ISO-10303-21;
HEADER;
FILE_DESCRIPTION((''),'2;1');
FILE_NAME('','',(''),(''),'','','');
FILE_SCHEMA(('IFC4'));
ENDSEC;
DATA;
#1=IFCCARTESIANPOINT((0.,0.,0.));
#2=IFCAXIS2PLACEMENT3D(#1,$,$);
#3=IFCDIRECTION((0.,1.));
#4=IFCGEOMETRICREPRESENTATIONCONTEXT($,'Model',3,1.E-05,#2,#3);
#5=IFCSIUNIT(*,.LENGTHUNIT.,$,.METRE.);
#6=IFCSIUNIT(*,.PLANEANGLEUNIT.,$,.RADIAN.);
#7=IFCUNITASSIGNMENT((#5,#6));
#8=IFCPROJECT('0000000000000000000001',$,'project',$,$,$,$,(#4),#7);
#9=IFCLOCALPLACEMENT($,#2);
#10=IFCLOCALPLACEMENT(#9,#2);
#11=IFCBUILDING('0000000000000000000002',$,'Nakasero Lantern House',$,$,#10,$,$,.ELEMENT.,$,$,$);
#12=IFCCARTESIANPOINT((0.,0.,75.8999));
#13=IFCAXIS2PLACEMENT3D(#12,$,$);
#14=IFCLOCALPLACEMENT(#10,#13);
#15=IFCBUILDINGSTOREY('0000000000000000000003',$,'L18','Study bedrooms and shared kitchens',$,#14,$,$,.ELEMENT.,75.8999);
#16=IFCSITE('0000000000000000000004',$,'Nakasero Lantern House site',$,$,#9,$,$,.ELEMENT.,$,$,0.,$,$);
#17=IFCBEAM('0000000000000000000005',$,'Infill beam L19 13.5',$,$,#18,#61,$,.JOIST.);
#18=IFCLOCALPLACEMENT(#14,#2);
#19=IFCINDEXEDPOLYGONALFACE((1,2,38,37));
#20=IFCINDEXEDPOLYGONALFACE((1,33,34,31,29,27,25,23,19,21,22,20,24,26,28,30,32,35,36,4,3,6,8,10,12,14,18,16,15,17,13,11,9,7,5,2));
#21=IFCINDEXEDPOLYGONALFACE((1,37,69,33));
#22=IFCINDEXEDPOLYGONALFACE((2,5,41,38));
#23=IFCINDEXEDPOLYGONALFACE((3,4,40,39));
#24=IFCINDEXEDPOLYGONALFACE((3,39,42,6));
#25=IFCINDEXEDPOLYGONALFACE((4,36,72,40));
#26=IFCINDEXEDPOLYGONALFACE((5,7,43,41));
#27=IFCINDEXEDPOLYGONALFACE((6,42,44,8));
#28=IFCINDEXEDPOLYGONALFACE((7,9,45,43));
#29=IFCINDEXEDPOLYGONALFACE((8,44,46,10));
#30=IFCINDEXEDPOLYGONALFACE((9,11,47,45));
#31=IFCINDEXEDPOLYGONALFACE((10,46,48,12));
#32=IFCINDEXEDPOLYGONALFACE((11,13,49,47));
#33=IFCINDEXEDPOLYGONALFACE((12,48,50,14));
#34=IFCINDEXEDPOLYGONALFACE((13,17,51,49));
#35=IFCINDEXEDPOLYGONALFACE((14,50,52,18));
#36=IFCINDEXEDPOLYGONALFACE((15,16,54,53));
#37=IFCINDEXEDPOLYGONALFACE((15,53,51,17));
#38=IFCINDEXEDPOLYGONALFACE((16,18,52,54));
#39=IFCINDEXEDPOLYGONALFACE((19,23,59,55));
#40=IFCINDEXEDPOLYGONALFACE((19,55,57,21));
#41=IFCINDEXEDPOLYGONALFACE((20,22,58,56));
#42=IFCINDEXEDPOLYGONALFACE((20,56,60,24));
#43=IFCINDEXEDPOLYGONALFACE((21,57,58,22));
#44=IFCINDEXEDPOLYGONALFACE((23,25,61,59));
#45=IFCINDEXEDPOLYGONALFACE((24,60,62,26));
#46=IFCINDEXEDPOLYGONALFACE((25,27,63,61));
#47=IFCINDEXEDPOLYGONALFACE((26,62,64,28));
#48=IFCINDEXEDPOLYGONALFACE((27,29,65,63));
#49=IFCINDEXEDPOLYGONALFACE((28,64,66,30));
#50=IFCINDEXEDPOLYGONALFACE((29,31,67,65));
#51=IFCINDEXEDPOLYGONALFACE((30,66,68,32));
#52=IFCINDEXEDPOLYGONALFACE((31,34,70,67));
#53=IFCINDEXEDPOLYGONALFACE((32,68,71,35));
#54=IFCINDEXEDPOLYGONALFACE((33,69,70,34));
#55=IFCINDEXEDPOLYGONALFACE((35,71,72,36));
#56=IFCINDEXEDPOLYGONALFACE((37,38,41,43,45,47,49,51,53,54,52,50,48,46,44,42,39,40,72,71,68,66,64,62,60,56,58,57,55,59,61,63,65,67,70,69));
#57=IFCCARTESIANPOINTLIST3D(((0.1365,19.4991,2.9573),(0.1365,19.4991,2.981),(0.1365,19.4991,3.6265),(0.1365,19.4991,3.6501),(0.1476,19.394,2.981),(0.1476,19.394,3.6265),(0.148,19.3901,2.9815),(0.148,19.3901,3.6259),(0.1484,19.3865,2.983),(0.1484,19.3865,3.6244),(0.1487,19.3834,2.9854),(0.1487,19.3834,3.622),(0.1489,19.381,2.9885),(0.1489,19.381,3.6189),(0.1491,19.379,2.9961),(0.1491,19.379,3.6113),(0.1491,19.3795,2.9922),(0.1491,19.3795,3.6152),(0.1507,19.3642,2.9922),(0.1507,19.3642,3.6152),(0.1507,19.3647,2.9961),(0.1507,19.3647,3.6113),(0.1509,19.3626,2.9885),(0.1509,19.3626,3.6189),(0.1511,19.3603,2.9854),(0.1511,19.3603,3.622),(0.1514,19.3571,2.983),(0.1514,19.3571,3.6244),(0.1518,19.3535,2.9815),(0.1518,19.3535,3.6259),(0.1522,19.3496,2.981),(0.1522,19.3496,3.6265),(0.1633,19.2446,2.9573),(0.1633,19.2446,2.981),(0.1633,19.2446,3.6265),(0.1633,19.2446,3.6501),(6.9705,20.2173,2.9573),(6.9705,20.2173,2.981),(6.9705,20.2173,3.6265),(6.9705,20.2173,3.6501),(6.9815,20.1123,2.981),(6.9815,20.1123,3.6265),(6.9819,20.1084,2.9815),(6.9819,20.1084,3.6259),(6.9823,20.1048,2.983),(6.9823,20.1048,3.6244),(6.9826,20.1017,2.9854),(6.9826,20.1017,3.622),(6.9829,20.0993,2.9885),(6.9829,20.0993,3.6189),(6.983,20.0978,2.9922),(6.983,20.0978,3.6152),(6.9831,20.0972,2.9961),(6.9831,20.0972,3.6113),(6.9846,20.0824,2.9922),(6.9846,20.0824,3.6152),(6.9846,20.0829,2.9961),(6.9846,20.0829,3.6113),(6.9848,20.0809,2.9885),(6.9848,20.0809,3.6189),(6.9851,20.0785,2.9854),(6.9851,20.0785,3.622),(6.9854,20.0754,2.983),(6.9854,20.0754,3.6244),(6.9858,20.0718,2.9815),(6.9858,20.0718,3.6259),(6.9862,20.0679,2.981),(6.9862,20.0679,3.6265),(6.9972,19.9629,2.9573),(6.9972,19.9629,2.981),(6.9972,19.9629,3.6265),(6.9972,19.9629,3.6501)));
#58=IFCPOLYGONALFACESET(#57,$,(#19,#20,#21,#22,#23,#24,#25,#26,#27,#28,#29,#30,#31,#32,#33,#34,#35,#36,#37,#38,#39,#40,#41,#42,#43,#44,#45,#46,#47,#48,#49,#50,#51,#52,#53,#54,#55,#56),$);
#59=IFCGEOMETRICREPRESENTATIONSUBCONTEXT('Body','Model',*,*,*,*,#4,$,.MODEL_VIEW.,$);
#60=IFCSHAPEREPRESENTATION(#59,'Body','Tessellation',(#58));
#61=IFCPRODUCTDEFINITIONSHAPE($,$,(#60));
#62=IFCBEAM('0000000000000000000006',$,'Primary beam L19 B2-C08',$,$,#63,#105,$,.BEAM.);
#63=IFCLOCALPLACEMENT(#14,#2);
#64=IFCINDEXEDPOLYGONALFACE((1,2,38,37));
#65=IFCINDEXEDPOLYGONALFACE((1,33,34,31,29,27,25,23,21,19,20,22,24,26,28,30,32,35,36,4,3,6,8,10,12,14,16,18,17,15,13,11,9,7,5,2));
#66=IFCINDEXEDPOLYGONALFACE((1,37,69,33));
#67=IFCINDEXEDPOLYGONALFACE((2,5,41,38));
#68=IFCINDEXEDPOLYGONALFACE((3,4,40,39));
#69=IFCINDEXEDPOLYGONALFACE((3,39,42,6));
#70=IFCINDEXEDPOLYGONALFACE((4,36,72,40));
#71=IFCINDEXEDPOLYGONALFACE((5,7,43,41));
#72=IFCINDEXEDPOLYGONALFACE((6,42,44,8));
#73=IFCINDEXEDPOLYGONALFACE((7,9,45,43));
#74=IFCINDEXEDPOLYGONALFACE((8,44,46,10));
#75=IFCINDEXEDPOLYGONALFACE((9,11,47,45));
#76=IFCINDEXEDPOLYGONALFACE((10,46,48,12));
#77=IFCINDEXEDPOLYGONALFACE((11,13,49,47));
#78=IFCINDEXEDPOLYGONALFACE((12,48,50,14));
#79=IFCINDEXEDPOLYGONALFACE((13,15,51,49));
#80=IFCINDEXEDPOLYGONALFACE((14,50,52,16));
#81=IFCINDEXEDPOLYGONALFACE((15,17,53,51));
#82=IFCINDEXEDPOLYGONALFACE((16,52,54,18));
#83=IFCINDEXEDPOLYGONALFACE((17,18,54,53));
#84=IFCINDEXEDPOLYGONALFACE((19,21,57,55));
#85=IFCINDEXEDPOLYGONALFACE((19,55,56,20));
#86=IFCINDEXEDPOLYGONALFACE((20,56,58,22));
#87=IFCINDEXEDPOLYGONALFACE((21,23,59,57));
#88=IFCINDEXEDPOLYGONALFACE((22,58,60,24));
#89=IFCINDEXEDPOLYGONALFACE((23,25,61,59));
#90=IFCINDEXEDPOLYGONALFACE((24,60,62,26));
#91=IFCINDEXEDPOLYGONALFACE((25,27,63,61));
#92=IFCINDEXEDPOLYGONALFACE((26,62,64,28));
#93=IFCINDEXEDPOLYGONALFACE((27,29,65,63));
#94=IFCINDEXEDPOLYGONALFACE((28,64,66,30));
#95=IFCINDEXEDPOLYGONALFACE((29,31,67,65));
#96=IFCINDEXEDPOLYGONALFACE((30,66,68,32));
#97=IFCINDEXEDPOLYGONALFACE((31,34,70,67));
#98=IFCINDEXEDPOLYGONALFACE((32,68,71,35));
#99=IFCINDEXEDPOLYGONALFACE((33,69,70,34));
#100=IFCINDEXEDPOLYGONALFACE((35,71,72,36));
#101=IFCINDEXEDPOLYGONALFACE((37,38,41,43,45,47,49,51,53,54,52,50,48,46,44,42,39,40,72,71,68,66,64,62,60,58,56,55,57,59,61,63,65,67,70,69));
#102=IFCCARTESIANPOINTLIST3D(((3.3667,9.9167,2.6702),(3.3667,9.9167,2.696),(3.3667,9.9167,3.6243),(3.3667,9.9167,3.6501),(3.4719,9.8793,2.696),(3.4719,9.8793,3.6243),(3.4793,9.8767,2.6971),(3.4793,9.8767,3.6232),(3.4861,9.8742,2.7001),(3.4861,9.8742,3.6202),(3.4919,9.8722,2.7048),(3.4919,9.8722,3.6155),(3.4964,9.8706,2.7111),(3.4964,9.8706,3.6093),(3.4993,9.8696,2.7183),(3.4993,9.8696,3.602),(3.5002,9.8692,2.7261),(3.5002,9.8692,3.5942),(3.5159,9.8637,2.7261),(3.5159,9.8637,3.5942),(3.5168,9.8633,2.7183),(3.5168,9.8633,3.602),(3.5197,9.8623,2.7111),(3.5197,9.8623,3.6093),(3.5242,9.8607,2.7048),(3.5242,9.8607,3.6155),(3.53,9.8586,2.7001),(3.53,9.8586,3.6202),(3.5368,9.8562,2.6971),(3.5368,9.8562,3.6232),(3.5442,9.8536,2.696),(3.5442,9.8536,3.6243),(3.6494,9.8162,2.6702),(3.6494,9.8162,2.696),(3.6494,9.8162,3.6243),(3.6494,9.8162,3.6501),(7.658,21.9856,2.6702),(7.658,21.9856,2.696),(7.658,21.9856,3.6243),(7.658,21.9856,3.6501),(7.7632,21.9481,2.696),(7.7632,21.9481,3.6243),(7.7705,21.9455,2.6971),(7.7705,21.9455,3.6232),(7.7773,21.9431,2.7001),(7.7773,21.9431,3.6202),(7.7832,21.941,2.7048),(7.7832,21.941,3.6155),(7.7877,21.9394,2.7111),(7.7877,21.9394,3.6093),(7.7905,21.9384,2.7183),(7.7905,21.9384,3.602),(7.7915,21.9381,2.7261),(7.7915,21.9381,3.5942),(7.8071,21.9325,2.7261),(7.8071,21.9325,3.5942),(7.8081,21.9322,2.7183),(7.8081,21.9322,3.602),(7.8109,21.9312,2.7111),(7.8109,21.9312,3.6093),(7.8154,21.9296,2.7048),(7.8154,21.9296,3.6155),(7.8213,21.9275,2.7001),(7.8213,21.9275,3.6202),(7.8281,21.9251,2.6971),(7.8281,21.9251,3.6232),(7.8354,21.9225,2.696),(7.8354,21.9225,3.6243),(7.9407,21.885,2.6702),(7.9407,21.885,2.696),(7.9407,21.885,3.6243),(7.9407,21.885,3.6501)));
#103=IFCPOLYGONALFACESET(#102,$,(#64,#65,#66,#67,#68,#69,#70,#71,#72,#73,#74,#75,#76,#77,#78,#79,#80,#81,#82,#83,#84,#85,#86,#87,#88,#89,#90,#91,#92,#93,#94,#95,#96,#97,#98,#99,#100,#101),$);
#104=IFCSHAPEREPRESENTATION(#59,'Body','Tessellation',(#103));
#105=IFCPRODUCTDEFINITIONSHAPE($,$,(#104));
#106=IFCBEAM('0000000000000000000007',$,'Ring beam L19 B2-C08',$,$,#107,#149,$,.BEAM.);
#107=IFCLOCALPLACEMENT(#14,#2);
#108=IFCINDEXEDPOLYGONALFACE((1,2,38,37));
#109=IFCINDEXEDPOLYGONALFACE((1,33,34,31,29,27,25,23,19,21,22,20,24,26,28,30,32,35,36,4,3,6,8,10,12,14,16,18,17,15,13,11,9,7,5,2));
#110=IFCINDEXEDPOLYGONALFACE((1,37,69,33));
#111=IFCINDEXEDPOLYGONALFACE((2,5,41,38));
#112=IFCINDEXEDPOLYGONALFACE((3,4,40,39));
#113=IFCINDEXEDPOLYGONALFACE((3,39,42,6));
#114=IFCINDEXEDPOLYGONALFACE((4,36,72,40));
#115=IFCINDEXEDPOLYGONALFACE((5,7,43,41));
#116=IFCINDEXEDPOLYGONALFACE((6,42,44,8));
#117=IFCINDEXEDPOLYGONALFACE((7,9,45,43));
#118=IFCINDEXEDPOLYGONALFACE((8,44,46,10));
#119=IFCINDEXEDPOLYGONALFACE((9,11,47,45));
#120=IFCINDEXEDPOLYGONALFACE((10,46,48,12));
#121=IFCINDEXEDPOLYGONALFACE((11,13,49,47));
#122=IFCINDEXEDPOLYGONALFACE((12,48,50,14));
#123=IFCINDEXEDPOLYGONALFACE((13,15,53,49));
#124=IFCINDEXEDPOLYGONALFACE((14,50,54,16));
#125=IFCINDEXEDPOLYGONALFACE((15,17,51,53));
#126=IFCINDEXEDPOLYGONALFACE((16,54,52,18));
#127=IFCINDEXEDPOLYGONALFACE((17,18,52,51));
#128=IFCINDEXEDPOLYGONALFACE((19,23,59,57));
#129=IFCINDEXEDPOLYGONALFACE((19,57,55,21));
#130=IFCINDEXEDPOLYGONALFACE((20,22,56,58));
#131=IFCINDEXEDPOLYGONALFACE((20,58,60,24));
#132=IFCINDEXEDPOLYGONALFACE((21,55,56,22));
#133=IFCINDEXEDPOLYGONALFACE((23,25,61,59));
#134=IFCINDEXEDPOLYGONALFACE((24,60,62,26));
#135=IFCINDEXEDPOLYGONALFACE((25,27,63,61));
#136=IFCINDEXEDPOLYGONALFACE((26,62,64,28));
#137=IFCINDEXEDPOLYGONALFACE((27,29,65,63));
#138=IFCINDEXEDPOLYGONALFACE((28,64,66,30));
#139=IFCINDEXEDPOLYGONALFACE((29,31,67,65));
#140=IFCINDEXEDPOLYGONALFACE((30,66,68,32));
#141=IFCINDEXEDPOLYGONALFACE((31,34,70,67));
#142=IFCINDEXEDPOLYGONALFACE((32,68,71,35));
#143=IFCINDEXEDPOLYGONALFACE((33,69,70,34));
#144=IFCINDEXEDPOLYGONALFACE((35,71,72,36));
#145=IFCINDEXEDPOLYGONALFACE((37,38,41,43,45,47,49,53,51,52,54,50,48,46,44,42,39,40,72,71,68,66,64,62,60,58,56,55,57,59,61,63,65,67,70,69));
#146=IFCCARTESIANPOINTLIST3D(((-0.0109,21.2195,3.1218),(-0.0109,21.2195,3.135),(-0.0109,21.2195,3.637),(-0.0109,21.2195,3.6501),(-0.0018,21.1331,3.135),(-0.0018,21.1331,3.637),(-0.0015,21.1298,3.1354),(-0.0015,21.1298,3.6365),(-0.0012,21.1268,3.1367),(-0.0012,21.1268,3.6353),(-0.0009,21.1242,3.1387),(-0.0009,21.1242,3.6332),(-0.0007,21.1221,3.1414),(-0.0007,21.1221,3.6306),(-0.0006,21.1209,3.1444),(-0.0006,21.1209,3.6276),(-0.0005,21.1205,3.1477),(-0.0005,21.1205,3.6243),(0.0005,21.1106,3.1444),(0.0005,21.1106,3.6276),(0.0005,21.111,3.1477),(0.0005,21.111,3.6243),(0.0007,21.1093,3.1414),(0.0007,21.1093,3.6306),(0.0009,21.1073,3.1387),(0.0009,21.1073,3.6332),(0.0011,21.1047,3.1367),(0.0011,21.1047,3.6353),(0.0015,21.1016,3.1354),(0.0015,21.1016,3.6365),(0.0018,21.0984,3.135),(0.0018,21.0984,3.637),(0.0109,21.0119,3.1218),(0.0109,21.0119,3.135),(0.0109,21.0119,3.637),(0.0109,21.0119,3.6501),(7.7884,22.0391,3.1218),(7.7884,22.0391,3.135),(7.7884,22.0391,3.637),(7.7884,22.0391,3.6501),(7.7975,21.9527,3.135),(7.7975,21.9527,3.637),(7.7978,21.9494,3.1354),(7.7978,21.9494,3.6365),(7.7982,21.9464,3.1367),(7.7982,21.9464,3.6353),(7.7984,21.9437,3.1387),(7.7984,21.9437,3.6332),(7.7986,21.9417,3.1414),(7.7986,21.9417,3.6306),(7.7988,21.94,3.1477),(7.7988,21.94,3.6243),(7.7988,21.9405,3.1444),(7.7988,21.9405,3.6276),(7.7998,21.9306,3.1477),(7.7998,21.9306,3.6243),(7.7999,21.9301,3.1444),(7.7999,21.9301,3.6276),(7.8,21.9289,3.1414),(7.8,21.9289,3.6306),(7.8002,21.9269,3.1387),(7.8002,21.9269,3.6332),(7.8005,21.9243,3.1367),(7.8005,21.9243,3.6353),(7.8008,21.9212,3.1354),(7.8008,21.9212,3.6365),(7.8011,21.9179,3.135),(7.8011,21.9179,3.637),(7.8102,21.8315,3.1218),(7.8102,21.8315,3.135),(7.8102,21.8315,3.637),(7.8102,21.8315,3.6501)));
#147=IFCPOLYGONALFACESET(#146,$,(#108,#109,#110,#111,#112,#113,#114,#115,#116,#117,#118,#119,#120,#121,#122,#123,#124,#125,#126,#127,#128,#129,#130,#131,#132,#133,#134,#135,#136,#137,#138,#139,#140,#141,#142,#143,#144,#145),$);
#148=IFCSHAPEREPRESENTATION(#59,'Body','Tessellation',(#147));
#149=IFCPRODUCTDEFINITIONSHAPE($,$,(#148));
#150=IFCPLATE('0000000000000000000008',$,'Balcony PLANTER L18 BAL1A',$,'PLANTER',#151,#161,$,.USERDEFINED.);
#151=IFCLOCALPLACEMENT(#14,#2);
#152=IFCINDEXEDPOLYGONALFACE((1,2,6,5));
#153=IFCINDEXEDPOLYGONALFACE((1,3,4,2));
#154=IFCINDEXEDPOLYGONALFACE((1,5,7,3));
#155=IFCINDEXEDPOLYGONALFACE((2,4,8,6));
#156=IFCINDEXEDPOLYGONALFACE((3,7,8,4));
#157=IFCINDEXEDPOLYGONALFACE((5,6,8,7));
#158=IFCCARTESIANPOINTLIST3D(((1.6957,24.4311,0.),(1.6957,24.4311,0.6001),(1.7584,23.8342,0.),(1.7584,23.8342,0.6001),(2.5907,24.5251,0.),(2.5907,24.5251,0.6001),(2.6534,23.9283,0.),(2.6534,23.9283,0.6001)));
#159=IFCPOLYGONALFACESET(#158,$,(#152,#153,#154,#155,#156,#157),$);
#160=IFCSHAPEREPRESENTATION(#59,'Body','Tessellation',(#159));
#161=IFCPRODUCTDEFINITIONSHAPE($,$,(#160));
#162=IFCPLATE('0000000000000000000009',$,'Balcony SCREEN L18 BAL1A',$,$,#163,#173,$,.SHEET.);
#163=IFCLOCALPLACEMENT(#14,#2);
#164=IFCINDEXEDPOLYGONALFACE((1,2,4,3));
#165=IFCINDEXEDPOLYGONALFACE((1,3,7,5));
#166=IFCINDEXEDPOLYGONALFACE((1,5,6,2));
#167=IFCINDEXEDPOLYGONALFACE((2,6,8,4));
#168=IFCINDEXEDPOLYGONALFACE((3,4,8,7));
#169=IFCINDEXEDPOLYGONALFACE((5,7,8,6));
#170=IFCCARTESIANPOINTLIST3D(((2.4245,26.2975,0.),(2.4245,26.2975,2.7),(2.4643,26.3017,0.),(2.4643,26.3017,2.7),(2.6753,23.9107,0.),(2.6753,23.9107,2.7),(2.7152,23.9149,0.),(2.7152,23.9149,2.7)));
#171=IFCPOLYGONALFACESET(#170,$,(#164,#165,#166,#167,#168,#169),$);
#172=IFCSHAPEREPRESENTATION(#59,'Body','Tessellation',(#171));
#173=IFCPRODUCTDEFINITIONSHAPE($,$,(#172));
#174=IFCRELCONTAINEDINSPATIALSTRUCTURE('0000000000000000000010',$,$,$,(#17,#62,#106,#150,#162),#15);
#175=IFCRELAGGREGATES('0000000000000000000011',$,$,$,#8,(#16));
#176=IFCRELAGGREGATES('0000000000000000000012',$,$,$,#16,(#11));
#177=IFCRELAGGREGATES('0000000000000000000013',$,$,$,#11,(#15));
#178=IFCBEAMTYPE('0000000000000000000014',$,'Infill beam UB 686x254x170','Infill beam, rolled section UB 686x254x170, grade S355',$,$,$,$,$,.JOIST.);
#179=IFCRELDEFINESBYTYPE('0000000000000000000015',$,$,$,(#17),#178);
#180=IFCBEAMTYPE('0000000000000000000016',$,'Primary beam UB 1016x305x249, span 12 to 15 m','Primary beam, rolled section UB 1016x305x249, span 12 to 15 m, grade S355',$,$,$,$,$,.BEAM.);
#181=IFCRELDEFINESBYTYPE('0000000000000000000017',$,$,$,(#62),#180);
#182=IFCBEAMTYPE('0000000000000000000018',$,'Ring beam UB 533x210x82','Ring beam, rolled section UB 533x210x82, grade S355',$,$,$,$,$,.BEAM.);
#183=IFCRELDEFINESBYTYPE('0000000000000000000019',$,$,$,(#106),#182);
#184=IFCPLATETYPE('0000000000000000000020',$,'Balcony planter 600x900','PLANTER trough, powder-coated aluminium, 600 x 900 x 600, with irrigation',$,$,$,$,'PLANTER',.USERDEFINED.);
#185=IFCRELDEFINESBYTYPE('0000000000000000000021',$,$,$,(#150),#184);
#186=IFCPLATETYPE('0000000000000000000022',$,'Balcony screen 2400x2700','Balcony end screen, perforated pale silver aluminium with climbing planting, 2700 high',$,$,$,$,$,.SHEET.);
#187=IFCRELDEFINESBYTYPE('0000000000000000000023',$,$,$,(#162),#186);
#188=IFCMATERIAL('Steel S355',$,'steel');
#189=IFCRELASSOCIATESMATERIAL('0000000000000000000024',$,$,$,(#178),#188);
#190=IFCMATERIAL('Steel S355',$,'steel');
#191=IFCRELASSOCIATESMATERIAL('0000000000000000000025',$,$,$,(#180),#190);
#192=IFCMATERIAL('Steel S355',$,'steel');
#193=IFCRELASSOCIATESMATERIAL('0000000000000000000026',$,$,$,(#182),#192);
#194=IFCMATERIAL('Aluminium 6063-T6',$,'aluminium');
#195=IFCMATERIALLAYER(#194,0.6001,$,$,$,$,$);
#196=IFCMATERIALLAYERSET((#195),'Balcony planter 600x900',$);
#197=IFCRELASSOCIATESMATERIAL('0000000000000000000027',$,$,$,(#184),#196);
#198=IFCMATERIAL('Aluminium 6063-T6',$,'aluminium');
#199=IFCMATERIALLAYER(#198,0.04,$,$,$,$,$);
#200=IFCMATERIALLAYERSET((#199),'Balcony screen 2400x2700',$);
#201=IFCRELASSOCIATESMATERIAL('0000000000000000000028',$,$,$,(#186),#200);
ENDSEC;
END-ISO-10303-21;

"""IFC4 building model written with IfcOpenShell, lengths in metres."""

from ifc_helpers import new_model, si_unit, direction, frame, origin, origin_2d, place, context, subcontext, project, spatial, rectangle, i_section, extrude, material, layer, layer_set, material_profile, profile_set, type_object, element, save


model = new_model("IFC4")

# Units and contexts
model_context = context("Model", 3, precision=1e-05, world=origin(), true_north=direction((0.0, 1.0)))
body_context = subcontext(model_context, "Body", "Model", "MODEL_VIEW")
ifc_project = project(units=[si_unit("LENGTHUNIT", "METRE"), si_unit("PLANEANGLEUNIT", "RADIAN")], contexts=[model_context])

# Site, building, storey
site_placement = place(None, origin())
site = spatial("IfcSite", under=ifc_project, at=site_placement, Name="Nakasero Lantern House site", CompositionType="ELEMENT", RefElevation=0.0)
building_placement = place(site_placement, origin())
building = spatial("IfcBuilding", under=site, at=building_placement, Name="Nakasero Lantern House", CompositionType="ELEMENT")
storey_placement = place(building_placement, frame((0.0, 0.0, 75.8999)))
storey = spatial("IfcBuildingStorey", under=building, at=storey_placement, Name="L18", Description="Study bedrooms and shared kitchens", CompositionType="ELEMENT", Elevation=75.8999)

# Beams
ifc_material_1 = material(Name="Steel S355", Category="steel")
ifc_material_profile_1 = material_profile(ifc_material_1, i_section(OverallWidth=0.2559, OverallDepth=0.6929, WebThickness=0.0144, FlangeThickness=0.0237, FilletRadius=0.0151, at=origin_2d()), Name="UB 686x254x170")
ifc_profile_set_1 = profile_set([ifc_material_profile_1], Name="Steel S355")
beam_type_1 = type_object("IfcBeamType", Name="Infill beam UB 686x254x170", Description="Infill beam, rolled section UB 686x254x170, grade S355", PredefinedType="JOIST", material=ifc_profile_set_1)
beam_1_placement = place(storey_placement, frame((0.1499, 19.3718, 3.3037), z_axis=(0.994522, 0.104526, 0.0), x_axis=(-0.104526, 0.994522, 0.0)))
element("IfcBeam", 1, at=beam_1_placement, inside=storey, type_object=beam_type_1, Name="Infill beam L19 13.5", PredefinedType="JOIST", context=body_context, shape_type="SweptSolid", body=[
    extrude(i_section(OverallWidth=0.2559, OverallDepth=0.6929, WebThickness=0.0144, FlangeThickness=0.0237, FilletRadius=0.0151, at=origin_2d()), origin(), (0.0, 0.0, 1.0), 6.8716),
])
ifc_material_2 = material(Name="Steel S355", Category="steel")
ifc_material_profile_2 = material_profile(ifc_material_2, i_section(OverallWidth=0.3, OverallDepth=0.98, WebThickness=0.0166, FlangeThickness=0.0259, FilletRadius=0.03, at=origin_2d()), Name="UB 1016x305x249")
ifc_profile_set_2 = profile_set([ifc_material_profile_2], Name="Steel S355")
beam_type_2 = type_object("IfcBeamType", Name="Primary beam UB 1016x305x249, span 12 to 15 m", Description="Primary beam, rolled section UB 1016x305x249, span 12 to 15 m, grade S355", PredefinedType="BEAM", material=ifc_profile_set_2)
beam_2_placement = place(storey_placement, frame((7.7993, 21.9353, 3.1602), z_axis=(-0.335018, -0.942212, 0.0), x_axis=(0.942212, -0.335018, 0.0)))
element("IfcBeam", 2, at=beam_2_placement, inside=storey, type_object=beam_type_2, Name="Primary beam L19 B2-C08", PredefinedType="BEAM", context=body_context, shape_type="SweptSolid", body=[
    extrude(i_section(OverallWidth=0.3, OverallDepth=0.98, WebThickness=0.0166, FlangeThickness=0.0259, FilletRadius=0.03, at=origin_2d()), origin(), (0.0, 0.0, 1.0), 12.8091),
])
ifc_material_3 = material(Name="Steel S355", Category="steel")
ifc_material_profile_3 = material_profile(ifc_material_3, i_section(OverallWidth=0.2087, OverallDepth=0.5283, WebThickness=0.0095, FlangeThickness=0.0132, FilletRadius=0.0127, at=origin_2d()), Name="UB 533x210x82")
ifc_profile_set_3 = profile_set([ifc_material_profile_3], Name="Steel S355")
beam_type_3 = type_object("IfcBeamType", Name="Ring beam UB 533x210x82", Description="Ring beam, rolled section UB 533x210x82, grade S355", PredefinedType="BEAM", material=ifc_profile_set_3)
beam_3_placement = place(storey_placement, frame((7.7993, 21.9353, 3.386), z_axis=(-0.994524, -0.104508, 0.0), x_axis=(0.104508, -0.994524, 0.0)))
element("IfcBeam", 3, at=beam_3_placement, inside=storey, type_object=beam_type_3, Name="Ring beam L19 B2-C08", PredefinedType="BEAM", context=body_context, shape_type="SweptSolid", body=[
    extrude(i_section(OverallWidth=0.2087, OverallDepth=0.5283, WebThickness=0.0095, FlangeThickness=0.0132, FilletRadius=0.0127, at=origin_2d()), origin(), (0.0, 0.0, 1.0), 7.8423),
])

# Plates
ifc_material_4 = material(Name="Aluminium 6063-T6", Category="aluminium")
ifc_layer_1 = layer(ifc_material_4, 0.6001)
ifc_layer_set_1 = layer_set([ifc_layer_1], Name="Balcony planter 600x900")
plate_type_1 = type_object("IfcPlateType", Name="Balcony planter 600x900", Description="PLANTER trough, powder-coated aluminium, 600 x 900 x 600, with irrigation", ElementType="PLANTER", PredefinedType="USERDEFINED", material=ifc_layer_set_1)
plate_1_placement = place(storey_placement, frame((2.1746, 24.1797, 0.0), z_axis=(0.0, 0.0, 1.0), x_axis=(-0.104528, 0.994522, 0.0)))
element("IfcPlate", 4, at=plate_1_placement, inside=storey, type_object=plate_type_1, Name="Balcony PLANTER L18 BAL1A", ObjectType="PLANTER", PredefinedType="USERDEFINED", context=body_context, shape_type="SweptSolid", body=[
    extrude(rectangle(XDim=0.6001, YDim=0.8999, at=origin_2d()), origin(), (0.0, 0.0, 1.0), 0.6001),
])
ifc_material_5 = material(Name="Aluminium 6063-T6", Category="aluminium")
ifc_layer_2 = layer(ifc_material_5, 0.04)
ifc_layer_set_2 = layer_set([ifc_layer_2], Name="Balcony screen 2400x2700")
plate_type_2 = type_object("IfcPlateType", Name="Balcony screen 2400x2700", Description="Balcony end screen, perforated pale silver aluminium with climbing planting, 2700 high", PredefinedType="SHEET", material=ifc_layer_set_2)
plate_2_placement = place(storey_placement, frame((2.5698, 25.1062, 0.0), z_axis=(0.0, 0.0, 1.0), x_axis=(-0.104528, 0.994522, 0.0)))
element("IfcPlate", 5, at=plate_2_placement, inside=storey, type_object=plate_type_2, Name="Balcony SCREEN L18 BAL1A", PredefinedType="SHEET", context=body_context, shape_type="SweptSolid", body=[
    extrude(rectangle(XDim=2.3999, YDim=0.04, at=origin_2d()), origin(), (0.0, 0.0, 1.0), 2.7),
])

save(model, "model.ifc")
